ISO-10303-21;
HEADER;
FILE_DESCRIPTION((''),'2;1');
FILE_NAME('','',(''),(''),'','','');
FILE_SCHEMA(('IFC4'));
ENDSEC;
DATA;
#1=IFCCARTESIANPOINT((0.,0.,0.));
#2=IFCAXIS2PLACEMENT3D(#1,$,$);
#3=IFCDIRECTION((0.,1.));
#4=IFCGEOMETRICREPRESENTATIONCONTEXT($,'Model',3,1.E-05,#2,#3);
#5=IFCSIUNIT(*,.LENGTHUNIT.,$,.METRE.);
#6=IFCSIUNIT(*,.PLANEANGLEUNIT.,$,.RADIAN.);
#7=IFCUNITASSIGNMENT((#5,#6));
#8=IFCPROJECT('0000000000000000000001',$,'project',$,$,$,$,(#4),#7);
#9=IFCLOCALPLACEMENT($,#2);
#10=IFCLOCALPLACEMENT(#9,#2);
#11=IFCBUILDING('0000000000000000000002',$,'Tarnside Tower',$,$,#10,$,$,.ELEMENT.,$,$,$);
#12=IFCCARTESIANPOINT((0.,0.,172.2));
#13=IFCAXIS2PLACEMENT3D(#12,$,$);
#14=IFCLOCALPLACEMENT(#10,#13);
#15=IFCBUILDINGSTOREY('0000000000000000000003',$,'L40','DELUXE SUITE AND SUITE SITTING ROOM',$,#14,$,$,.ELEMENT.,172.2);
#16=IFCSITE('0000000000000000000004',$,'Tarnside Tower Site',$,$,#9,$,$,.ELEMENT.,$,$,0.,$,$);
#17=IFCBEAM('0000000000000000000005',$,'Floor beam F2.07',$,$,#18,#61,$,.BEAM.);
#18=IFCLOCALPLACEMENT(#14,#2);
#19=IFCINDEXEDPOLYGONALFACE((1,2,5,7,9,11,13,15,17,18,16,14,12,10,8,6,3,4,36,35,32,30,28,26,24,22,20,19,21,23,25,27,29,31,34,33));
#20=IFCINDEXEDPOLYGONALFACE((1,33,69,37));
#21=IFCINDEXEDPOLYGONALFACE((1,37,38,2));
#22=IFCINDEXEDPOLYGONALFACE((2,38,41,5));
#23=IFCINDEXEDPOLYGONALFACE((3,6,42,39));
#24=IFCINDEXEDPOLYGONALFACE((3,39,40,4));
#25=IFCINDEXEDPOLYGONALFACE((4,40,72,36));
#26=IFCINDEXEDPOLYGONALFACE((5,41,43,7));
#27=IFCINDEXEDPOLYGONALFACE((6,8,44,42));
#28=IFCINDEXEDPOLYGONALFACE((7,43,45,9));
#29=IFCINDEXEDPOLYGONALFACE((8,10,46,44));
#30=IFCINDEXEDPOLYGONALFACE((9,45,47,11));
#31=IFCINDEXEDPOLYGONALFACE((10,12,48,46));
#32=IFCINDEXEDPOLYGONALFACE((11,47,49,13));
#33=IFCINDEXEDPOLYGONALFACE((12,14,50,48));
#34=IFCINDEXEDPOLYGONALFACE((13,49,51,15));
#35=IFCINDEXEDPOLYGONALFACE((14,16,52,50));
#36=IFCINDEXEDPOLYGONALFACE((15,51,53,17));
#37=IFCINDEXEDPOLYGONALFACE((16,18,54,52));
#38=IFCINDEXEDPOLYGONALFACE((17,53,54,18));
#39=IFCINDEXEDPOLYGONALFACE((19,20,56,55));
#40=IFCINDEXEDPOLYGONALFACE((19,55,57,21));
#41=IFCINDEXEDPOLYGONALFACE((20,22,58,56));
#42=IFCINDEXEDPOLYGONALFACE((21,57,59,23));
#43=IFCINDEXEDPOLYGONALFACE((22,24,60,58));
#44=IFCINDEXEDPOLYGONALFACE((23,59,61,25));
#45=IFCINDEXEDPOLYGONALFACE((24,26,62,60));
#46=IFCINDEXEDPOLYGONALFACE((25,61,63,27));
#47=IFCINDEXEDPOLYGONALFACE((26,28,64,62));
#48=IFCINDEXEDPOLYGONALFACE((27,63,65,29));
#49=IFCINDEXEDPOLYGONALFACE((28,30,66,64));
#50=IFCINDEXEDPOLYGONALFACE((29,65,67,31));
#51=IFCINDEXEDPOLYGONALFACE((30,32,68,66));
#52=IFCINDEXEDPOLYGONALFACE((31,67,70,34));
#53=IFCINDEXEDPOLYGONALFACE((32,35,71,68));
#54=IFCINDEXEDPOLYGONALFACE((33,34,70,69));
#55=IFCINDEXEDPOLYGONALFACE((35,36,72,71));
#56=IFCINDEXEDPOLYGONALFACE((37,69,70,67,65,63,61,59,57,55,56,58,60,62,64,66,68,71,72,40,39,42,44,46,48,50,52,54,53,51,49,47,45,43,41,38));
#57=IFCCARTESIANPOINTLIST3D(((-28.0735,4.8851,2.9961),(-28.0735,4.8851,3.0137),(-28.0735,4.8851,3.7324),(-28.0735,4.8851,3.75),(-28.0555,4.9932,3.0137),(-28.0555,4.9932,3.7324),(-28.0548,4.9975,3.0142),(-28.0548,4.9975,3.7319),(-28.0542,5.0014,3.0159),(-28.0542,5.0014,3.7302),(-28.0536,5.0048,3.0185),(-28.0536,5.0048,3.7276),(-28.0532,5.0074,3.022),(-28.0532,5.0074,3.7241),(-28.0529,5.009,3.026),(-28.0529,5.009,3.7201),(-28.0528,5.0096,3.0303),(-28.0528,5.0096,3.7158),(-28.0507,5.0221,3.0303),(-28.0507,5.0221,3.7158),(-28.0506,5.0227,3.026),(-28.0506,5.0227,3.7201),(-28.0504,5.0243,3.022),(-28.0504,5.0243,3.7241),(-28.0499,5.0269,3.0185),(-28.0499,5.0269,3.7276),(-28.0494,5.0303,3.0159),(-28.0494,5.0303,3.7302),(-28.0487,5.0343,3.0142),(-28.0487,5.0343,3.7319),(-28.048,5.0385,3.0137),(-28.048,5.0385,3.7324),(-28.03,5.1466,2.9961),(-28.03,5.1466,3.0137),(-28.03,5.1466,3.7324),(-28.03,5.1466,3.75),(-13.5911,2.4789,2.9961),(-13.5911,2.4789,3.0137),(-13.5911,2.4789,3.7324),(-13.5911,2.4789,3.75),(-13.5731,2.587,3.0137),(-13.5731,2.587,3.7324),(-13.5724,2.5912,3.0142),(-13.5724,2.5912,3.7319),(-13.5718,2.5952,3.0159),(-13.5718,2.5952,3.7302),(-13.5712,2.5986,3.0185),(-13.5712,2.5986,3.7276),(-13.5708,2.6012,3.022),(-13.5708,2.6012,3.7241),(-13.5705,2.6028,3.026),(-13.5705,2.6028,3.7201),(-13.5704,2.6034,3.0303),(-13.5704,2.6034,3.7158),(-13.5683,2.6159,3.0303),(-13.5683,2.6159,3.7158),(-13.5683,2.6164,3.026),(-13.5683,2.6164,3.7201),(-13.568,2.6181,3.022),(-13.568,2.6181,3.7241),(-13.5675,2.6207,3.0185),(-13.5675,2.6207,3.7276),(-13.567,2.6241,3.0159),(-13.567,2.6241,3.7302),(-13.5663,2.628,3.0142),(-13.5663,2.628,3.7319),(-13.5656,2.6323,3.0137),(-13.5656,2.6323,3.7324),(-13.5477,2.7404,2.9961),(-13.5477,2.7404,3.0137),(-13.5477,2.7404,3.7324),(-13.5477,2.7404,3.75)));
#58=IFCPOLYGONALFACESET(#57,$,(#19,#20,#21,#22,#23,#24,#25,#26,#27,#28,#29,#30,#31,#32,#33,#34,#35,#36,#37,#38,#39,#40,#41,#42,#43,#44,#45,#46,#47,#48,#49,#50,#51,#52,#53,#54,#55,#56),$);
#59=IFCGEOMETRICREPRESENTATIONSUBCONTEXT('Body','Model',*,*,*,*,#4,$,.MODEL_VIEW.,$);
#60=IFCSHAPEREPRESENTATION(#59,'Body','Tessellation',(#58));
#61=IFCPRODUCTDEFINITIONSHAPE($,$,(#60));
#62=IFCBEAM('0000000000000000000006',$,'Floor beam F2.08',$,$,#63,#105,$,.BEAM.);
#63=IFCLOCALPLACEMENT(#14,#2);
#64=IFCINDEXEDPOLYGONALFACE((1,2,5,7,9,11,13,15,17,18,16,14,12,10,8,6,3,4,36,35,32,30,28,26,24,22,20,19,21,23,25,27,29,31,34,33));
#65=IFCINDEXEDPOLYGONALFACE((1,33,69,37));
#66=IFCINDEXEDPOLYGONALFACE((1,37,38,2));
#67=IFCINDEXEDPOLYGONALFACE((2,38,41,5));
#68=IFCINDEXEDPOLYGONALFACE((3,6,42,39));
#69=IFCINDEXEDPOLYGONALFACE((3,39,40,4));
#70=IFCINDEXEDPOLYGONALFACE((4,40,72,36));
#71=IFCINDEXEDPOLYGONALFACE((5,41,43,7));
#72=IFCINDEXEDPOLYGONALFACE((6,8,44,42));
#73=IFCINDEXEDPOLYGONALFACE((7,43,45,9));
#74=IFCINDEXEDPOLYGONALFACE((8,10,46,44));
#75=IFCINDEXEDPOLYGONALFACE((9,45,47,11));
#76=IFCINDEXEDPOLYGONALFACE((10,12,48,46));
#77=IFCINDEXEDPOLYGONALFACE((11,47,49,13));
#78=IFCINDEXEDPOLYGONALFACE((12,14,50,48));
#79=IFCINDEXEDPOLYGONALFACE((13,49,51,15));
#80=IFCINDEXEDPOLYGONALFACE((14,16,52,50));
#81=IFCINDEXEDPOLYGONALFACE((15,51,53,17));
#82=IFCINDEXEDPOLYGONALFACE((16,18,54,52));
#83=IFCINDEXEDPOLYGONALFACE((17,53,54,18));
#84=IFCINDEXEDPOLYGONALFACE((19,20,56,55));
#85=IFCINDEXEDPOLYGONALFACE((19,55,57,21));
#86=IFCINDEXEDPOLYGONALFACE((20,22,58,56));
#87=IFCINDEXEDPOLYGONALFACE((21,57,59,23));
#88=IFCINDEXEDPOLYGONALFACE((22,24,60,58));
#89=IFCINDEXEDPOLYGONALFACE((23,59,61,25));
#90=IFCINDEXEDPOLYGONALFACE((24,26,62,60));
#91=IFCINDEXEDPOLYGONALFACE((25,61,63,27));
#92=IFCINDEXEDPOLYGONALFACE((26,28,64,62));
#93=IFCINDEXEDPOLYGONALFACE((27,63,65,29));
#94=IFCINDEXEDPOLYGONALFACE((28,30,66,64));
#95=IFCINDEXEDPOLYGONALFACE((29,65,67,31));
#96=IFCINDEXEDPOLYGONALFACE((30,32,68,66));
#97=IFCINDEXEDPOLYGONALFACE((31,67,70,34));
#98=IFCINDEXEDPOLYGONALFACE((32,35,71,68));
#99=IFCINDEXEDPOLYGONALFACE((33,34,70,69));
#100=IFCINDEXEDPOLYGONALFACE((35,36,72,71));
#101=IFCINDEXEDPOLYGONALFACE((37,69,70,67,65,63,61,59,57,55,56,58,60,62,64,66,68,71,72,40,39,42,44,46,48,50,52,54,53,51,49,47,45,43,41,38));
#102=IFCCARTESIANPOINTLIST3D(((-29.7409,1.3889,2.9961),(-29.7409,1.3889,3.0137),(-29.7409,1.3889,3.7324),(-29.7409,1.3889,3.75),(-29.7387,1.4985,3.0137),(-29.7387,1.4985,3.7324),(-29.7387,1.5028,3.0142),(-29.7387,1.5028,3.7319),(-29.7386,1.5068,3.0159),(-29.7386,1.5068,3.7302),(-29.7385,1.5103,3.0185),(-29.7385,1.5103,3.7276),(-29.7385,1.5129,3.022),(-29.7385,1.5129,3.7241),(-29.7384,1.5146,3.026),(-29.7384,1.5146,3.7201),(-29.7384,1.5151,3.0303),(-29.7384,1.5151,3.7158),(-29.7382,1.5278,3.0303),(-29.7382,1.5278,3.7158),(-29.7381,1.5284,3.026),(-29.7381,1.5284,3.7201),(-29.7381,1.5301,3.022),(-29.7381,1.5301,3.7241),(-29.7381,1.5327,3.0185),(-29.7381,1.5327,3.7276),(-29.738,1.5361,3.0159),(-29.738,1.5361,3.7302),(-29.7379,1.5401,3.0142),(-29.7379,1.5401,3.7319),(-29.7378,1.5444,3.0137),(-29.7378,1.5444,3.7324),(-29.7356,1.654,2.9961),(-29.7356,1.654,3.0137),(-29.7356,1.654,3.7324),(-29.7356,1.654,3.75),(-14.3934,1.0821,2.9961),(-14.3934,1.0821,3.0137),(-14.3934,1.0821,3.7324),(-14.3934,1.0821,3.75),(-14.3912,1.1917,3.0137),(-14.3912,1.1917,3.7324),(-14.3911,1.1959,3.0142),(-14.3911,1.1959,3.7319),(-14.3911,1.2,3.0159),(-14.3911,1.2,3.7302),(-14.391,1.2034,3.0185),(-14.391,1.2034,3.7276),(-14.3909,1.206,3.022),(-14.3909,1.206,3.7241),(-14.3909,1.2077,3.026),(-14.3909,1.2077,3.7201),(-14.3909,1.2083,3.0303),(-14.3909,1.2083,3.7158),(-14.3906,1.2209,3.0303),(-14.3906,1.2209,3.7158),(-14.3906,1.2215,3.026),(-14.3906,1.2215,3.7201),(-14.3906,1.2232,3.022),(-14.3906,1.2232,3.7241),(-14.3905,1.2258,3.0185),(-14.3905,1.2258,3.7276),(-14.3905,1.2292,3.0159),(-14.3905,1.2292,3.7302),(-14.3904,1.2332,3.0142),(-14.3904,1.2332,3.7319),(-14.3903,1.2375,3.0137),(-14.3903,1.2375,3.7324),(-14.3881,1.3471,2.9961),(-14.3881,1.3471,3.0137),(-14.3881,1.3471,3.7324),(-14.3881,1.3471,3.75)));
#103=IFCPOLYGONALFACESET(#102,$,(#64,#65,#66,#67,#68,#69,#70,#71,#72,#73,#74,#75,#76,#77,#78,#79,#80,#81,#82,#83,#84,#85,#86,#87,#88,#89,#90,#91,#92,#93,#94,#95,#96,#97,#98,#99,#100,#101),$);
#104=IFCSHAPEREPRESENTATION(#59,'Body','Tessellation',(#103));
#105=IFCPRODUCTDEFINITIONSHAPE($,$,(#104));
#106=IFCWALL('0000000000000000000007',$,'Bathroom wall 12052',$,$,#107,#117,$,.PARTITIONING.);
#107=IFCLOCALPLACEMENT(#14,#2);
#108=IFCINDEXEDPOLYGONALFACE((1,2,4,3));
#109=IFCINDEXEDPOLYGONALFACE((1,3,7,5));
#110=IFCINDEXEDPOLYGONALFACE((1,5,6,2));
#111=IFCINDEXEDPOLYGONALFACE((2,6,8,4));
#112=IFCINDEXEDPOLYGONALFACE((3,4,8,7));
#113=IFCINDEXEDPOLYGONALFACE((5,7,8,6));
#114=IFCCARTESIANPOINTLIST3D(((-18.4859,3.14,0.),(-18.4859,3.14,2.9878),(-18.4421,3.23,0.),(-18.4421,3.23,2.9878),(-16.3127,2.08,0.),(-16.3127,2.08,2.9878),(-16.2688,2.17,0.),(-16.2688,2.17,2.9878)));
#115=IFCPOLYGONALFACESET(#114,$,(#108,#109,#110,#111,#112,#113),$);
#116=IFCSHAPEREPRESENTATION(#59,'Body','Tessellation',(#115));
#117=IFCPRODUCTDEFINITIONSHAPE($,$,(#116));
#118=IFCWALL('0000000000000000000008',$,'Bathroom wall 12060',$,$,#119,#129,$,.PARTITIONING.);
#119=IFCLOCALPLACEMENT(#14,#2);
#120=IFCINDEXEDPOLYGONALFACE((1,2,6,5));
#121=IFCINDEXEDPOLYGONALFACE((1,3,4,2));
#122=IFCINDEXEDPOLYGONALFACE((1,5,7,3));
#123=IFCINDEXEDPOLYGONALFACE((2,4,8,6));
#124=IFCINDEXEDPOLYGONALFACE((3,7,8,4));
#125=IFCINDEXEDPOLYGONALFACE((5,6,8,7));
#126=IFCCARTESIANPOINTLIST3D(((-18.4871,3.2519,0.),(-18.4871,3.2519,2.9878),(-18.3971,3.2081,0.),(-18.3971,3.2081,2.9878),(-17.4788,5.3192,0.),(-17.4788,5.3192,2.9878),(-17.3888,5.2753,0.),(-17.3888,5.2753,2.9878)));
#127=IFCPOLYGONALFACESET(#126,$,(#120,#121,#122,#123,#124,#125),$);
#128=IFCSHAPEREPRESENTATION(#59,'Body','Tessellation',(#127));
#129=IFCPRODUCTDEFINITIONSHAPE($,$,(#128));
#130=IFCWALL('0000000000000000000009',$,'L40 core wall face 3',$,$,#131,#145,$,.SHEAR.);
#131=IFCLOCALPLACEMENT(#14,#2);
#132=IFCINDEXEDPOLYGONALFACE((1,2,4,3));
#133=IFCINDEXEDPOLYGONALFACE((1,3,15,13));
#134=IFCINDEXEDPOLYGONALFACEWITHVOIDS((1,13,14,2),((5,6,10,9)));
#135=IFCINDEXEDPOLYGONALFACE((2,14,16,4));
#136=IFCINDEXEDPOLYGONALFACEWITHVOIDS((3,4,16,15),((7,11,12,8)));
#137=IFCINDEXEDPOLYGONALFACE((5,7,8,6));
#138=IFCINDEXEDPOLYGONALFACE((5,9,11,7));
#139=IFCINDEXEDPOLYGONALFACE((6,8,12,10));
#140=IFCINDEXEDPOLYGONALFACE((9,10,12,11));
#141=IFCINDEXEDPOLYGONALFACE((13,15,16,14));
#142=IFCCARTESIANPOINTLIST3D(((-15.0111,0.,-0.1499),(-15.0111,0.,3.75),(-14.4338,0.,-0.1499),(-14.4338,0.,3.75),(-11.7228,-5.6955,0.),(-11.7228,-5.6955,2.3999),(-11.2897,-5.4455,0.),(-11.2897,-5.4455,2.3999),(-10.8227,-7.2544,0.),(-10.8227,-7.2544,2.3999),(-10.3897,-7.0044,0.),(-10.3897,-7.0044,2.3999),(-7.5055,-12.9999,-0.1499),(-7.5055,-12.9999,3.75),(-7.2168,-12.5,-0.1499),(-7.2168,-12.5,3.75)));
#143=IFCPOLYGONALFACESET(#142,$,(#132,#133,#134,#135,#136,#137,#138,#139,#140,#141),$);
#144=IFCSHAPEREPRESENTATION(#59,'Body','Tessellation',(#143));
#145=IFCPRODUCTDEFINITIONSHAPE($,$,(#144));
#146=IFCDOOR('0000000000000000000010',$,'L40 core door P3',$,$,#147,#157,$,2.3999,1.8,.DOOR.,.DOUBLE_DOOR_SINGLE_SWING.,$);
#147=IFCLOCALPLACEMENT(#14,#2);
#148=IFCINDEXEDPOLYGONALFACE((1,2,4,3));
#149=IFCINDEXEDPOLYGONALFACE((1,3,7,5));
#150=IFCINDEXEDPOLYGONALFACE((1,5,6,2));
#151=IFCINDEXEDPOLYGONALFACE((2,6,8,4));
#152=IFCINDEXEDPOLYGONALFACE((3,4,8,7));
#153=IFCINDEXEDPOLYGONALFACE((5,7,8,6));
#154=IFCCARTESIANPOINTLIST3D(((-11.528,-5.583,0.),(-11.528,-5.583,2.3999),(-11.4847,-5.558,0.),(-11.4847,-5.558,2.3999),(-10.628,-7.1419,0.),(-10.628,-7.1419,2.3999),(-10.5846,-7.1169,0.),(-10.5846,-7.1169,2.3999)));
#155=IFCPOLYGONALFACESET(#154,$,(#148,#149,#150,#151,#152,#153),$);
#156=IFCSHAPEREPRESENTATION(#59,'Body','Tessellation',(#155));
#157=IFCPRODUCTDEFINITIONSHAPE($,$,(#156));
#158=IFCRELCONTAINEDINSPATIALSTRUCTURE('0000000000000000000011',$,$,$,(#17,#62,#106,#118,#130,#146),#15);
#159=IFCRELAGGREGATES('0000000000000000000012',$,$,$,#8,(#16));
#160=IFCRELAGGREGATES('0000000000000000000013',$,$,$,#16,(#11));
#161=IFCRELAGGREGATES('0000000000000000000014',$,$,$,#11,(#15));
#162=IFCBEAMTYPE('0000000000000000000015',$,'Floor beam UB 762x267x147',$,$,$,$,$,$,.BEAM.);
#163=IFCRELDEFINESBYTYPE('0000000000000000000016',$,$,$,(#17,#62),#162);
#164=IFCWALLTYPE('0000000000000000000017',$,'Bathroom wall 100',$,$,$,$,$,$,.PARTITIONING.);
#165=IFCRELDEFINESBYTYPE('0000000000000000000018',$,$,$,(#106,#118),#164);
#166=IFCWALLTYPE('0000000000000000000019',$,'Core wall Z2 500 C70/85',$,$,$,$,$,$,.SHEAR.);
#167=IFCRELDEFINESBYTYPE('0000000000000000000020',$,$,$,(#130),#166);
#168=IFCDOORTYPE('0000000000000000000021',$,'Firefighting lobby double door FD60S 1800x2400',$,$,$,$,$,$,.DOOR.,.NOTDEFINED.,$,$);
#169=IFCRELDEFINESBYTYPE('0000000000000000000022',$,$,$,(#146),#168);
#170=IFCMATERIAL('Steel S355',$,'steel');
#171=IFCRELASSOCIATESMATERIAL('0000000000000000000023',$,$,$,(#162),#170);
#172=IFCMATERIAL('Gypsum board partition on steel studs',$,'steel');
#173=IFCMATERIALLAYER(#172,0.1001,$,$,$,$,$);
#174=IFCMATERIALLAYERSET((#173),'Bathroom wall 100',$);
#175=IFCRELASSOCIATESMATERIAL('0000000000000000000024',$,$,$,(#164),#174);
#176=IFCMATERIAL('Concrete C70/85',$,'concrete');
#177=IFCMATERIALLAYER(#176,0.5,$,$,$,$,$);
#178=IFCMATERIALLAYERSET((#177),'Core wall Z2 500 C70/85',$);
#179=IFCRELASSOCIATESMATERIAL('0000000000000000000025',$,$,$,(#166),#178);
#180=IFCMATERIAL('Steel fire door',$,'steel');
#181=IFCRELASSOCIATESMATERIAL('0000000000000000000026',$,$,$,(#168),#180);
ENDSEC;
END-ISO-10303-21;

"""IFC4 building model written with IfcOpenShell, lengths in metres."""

from ifc_helpers import new_model, si_unit, direction, frame, frame_2d, origin, origin_2d, place, context, subcontext, project, spatial, polyline, rectangle, i_section, outline, extrude, material, layer, layer_set, material_profile, profile_set, type_object, element, fill, save


model = new_model("IFC4")

# Units and contexts
model_context = context("Model", 3, precision=1e-05, world=origin(), true_north=direction((0.0, 1.0)))
body_context = subcontext(model_context, "Body", "Model", "MODEL_VIEW")
ifc_project = project(units=[si_unit("LENGTHUNIT", "METRE"), si_unit("PLANEANGLEUNIT", "RADIAN")], contexts=[model_context])

# Site, building, storey
site_placement = place(None, origin())
site = spatial("IfcSite", under=ifc_project, at=site_placement, Name="Tarnside Tower Site", CompositionType="ELEMENT", RefElevation=0.0)
building_placement = place(site_placement, origin())
building = spatial("IfcBuilding", under=site, at=building_placement, Name="Tarnside Tower", CompositionType="ELEMENT")
storey_placement = place(building_placement, frame((0.0, 0.0, 172.2)))
storey = spatial("IfcBuildingStorey", under=building, at=storey_placement, Name="L40", Description="DELUXE SUITE AND SUITE SITTING ROOM", CompositionType="ELEMENT", Elevation=172.2)

# Beams
ifc_material_1 = material(Name="Steel S355", Category="steel")
ifc_material_profile = material_profile(ifc_material_1, i_section(OverallWidth=0.2651, OverallDepth=0.7539, WebThickness=0.0127, FlangeThickness=0.0176, FilletRadius=0.0166, at=origin_2d()), Name="UB 762x267x147")
ifc_profile_set = profile_set([ifc_material_profile], Name="Steel S355")
beam_type = type_object("IfcBeamType", Name="Floor beam UB 762x267x147", PredefinedType="BEAM", material=ifc_profile_set)
beam_1_placement = place(storey_placement, frame((-28.0518, 5.0159, 3.373), z_axis=(0.986476, -0.163903, 0.0), x_axis=(0.163903, 0.986476, 0.0)))
element("IfcBeam", 1, at=beam_1_placement, inside=storey, type_object=beam_type, Name="Floor beam F2.07", PredefinedType="BEAM", context=body_context, shape_type="SweptSolid", body=[
    extrude(i_section(OverallWidth=0.2651, OverallDepth=0.7539, WebThickness=0.0127, FlangeThickness=0.0176, FilletRadius=0.0166, at=origin_2d()), origin(), (0.0, 0.0, 1.0), 14.6809),
])
beam_2_placement = place(storey_placement, frame((-29.7383, 1.5215, 3.373), z_axis=(0.9998, -0.019992, 0.0), x_axis=(0.019992, 0.9998, 0.0)))
element("IfcBeam", 2, at=beam_2_placement, inside=storey, type_object=beam_type, Name="Floor beam F2.08", PredefinedType="BEAM", context=body_context, shape_type="SweptSolid", body=[
    extrude(i_section(OverallWidth=0.2651, OverallDepth=0.7539, WebThickness=0.0127, FlangeThickness=0.0176, FilletRadius=0.0166, at=origin_2d()), origin(), (0.0, 0.0, 1.0), 15.3506),
])

# Walls
ifc_material_2 = material(Name="Gypsum board partition on steel studs", Category="steel")
ifc_layer_1 = layer(ifc_material_2, 0.1001)
ifc_layer_set_1 = layer_set([ifc_layer_1], Name="Bathroom wall 100")
wall_type_1 = type_object("IfcWallType", Name="Bathroom wall 100", PredefinedType="PARTITIONING", material=ifc_layer_set_1)
wall_1_placement = place(storey_placement, frame((-16.2908, 2.125, 0.0), z_axis=(0.0, 0.0, 1.0), x_axis=(-0.898786, 0.438388, 0.0)))
element("IfcWall", 3, at=wall_1_placement, inside=storey, type_object=wall_type_1, Name="Bathroom wall 12052", PredefinedType="PARTITIONING", context=body_context, shape_type="SweptSolid", body=[
    extrude(rectangle(XDim=2.418, YDim=0.1001, at=frame_2d((1.209, 0.0))), origin(), (0.0, 0.0, 1.0), 2.9878),
])
wall_2_placement = place(storey_placement, frame((-17.4338, 5.2971, 0.0), z_axis=(0.0, 0.0, 1.0), x_axis=(-0.438403, -0.898779, 0.0)))
element("IfcWall", 4, at=wall_2_placement, inside=storey, type_object=wall_type_1, Name="Bathroom wall 12060", PredefinedType="PARTITIONING", context=body_context, shape_type="SweptSolid", body=[
    extrude(rectangle(XDim=2.3, YDim=0.1001, at=frame_2d((1.1499, 0.0))), origin(), (0.0, 0.0, 1.0), 2.9878),
])

# Wall, opening, door
ifc_material_3 = material(Name="Concrete C70/85", Category="concrete")
ifc_layer_2 = layer(ifc_material_3, 0.5)
ifc_layer_set_2 = layer_set([ifc_layer_2], Name="Core wall Z2 500 C70/85")
wall_type_2 = type_object("IfcWallType", Name="Core wall Z2 500 C70/85", PredefinedType="SHEAR", material=ifc_layer_set_2)
wall_3_placement = place(storey_placement, frame((-14.7224, 0.0, -0.1499), z_axis=(0.0, 0.0, 1.0), x_axis=(0.500006, -0.866022, 0.0)))
wall_3 = element("IfcWall", 5, at=wall_3_placement, inside=storey, type_object=wall_type_2, Name="L40 core wall face 3", PredefinedType="SHEAR", context=body_context, shape_type="SweptSolid", body=[
    extrude(outline(polyline([(-0.1443, -0.25), (14.8667, -0.25), (14.5781, 0.25), (0.1443, 0.25), (-0.1443, -0.25)])), origin(), (0.0, 0.0, 1.0), 3.8999),
])
opening_1_placement = place(wall_3_placement, frame((6.4324, 0.0, 0.1499)))
opening_1 = element("IfcOpeningElement", 6, at=opening_1_placement, cuts=wall_3, PredefinedType="OPENING", context=body_context, shape_type="SweptSolid", body=[
    extrude(rectangle(XDim=1.8, YDim=2.3999, at=frame_2d((0.8999, 1.2))), frame((0.0, 0.26, 0.0), z_axis=(0.0, -1.0, 0.0), x_axis=(1.0, 0.0, 0.0)), (0.0, 0.0, 1.0), 0.52),
])
ifc_material_4 = material(Name="Steel fire door", Category="steel")
door_type_1 = type_object("IfcDoorType", Name="Firefighting lobby double door FD60S 1800x2400", OperationType="NOTDEFINED", PredefinedType="DOOR", material=ifc_material_4)
door_1_placement = place(opening_1_placement, origin())
door_1 = element("IfcDoor", 7, at=door_1_placement, inside=storey, type_object=door_type_1, Name="L40 core door P3", OperationType="DOUBLE_DOOR_SINGLE_SWING", OverallHeight=2.3999, OverallWidth=1.8, PredefinedType="DOOR", context=body_context, shape_type="SweptSolid", body=[
    extrude(rectangle(XDim=1.8, YDim=2.3999, at=frame_2d((0.8999, 1.2))), frame((0.0, 0.0249, 0.0), z_axis=(0.0, -1.0, 0.0), x_axis=(1.0, 0.0, 0.0)), (0.0, 0.0, 1.0), 0.05),
])
fill(opening_1, door_1)

save(model, "model.ifc")
